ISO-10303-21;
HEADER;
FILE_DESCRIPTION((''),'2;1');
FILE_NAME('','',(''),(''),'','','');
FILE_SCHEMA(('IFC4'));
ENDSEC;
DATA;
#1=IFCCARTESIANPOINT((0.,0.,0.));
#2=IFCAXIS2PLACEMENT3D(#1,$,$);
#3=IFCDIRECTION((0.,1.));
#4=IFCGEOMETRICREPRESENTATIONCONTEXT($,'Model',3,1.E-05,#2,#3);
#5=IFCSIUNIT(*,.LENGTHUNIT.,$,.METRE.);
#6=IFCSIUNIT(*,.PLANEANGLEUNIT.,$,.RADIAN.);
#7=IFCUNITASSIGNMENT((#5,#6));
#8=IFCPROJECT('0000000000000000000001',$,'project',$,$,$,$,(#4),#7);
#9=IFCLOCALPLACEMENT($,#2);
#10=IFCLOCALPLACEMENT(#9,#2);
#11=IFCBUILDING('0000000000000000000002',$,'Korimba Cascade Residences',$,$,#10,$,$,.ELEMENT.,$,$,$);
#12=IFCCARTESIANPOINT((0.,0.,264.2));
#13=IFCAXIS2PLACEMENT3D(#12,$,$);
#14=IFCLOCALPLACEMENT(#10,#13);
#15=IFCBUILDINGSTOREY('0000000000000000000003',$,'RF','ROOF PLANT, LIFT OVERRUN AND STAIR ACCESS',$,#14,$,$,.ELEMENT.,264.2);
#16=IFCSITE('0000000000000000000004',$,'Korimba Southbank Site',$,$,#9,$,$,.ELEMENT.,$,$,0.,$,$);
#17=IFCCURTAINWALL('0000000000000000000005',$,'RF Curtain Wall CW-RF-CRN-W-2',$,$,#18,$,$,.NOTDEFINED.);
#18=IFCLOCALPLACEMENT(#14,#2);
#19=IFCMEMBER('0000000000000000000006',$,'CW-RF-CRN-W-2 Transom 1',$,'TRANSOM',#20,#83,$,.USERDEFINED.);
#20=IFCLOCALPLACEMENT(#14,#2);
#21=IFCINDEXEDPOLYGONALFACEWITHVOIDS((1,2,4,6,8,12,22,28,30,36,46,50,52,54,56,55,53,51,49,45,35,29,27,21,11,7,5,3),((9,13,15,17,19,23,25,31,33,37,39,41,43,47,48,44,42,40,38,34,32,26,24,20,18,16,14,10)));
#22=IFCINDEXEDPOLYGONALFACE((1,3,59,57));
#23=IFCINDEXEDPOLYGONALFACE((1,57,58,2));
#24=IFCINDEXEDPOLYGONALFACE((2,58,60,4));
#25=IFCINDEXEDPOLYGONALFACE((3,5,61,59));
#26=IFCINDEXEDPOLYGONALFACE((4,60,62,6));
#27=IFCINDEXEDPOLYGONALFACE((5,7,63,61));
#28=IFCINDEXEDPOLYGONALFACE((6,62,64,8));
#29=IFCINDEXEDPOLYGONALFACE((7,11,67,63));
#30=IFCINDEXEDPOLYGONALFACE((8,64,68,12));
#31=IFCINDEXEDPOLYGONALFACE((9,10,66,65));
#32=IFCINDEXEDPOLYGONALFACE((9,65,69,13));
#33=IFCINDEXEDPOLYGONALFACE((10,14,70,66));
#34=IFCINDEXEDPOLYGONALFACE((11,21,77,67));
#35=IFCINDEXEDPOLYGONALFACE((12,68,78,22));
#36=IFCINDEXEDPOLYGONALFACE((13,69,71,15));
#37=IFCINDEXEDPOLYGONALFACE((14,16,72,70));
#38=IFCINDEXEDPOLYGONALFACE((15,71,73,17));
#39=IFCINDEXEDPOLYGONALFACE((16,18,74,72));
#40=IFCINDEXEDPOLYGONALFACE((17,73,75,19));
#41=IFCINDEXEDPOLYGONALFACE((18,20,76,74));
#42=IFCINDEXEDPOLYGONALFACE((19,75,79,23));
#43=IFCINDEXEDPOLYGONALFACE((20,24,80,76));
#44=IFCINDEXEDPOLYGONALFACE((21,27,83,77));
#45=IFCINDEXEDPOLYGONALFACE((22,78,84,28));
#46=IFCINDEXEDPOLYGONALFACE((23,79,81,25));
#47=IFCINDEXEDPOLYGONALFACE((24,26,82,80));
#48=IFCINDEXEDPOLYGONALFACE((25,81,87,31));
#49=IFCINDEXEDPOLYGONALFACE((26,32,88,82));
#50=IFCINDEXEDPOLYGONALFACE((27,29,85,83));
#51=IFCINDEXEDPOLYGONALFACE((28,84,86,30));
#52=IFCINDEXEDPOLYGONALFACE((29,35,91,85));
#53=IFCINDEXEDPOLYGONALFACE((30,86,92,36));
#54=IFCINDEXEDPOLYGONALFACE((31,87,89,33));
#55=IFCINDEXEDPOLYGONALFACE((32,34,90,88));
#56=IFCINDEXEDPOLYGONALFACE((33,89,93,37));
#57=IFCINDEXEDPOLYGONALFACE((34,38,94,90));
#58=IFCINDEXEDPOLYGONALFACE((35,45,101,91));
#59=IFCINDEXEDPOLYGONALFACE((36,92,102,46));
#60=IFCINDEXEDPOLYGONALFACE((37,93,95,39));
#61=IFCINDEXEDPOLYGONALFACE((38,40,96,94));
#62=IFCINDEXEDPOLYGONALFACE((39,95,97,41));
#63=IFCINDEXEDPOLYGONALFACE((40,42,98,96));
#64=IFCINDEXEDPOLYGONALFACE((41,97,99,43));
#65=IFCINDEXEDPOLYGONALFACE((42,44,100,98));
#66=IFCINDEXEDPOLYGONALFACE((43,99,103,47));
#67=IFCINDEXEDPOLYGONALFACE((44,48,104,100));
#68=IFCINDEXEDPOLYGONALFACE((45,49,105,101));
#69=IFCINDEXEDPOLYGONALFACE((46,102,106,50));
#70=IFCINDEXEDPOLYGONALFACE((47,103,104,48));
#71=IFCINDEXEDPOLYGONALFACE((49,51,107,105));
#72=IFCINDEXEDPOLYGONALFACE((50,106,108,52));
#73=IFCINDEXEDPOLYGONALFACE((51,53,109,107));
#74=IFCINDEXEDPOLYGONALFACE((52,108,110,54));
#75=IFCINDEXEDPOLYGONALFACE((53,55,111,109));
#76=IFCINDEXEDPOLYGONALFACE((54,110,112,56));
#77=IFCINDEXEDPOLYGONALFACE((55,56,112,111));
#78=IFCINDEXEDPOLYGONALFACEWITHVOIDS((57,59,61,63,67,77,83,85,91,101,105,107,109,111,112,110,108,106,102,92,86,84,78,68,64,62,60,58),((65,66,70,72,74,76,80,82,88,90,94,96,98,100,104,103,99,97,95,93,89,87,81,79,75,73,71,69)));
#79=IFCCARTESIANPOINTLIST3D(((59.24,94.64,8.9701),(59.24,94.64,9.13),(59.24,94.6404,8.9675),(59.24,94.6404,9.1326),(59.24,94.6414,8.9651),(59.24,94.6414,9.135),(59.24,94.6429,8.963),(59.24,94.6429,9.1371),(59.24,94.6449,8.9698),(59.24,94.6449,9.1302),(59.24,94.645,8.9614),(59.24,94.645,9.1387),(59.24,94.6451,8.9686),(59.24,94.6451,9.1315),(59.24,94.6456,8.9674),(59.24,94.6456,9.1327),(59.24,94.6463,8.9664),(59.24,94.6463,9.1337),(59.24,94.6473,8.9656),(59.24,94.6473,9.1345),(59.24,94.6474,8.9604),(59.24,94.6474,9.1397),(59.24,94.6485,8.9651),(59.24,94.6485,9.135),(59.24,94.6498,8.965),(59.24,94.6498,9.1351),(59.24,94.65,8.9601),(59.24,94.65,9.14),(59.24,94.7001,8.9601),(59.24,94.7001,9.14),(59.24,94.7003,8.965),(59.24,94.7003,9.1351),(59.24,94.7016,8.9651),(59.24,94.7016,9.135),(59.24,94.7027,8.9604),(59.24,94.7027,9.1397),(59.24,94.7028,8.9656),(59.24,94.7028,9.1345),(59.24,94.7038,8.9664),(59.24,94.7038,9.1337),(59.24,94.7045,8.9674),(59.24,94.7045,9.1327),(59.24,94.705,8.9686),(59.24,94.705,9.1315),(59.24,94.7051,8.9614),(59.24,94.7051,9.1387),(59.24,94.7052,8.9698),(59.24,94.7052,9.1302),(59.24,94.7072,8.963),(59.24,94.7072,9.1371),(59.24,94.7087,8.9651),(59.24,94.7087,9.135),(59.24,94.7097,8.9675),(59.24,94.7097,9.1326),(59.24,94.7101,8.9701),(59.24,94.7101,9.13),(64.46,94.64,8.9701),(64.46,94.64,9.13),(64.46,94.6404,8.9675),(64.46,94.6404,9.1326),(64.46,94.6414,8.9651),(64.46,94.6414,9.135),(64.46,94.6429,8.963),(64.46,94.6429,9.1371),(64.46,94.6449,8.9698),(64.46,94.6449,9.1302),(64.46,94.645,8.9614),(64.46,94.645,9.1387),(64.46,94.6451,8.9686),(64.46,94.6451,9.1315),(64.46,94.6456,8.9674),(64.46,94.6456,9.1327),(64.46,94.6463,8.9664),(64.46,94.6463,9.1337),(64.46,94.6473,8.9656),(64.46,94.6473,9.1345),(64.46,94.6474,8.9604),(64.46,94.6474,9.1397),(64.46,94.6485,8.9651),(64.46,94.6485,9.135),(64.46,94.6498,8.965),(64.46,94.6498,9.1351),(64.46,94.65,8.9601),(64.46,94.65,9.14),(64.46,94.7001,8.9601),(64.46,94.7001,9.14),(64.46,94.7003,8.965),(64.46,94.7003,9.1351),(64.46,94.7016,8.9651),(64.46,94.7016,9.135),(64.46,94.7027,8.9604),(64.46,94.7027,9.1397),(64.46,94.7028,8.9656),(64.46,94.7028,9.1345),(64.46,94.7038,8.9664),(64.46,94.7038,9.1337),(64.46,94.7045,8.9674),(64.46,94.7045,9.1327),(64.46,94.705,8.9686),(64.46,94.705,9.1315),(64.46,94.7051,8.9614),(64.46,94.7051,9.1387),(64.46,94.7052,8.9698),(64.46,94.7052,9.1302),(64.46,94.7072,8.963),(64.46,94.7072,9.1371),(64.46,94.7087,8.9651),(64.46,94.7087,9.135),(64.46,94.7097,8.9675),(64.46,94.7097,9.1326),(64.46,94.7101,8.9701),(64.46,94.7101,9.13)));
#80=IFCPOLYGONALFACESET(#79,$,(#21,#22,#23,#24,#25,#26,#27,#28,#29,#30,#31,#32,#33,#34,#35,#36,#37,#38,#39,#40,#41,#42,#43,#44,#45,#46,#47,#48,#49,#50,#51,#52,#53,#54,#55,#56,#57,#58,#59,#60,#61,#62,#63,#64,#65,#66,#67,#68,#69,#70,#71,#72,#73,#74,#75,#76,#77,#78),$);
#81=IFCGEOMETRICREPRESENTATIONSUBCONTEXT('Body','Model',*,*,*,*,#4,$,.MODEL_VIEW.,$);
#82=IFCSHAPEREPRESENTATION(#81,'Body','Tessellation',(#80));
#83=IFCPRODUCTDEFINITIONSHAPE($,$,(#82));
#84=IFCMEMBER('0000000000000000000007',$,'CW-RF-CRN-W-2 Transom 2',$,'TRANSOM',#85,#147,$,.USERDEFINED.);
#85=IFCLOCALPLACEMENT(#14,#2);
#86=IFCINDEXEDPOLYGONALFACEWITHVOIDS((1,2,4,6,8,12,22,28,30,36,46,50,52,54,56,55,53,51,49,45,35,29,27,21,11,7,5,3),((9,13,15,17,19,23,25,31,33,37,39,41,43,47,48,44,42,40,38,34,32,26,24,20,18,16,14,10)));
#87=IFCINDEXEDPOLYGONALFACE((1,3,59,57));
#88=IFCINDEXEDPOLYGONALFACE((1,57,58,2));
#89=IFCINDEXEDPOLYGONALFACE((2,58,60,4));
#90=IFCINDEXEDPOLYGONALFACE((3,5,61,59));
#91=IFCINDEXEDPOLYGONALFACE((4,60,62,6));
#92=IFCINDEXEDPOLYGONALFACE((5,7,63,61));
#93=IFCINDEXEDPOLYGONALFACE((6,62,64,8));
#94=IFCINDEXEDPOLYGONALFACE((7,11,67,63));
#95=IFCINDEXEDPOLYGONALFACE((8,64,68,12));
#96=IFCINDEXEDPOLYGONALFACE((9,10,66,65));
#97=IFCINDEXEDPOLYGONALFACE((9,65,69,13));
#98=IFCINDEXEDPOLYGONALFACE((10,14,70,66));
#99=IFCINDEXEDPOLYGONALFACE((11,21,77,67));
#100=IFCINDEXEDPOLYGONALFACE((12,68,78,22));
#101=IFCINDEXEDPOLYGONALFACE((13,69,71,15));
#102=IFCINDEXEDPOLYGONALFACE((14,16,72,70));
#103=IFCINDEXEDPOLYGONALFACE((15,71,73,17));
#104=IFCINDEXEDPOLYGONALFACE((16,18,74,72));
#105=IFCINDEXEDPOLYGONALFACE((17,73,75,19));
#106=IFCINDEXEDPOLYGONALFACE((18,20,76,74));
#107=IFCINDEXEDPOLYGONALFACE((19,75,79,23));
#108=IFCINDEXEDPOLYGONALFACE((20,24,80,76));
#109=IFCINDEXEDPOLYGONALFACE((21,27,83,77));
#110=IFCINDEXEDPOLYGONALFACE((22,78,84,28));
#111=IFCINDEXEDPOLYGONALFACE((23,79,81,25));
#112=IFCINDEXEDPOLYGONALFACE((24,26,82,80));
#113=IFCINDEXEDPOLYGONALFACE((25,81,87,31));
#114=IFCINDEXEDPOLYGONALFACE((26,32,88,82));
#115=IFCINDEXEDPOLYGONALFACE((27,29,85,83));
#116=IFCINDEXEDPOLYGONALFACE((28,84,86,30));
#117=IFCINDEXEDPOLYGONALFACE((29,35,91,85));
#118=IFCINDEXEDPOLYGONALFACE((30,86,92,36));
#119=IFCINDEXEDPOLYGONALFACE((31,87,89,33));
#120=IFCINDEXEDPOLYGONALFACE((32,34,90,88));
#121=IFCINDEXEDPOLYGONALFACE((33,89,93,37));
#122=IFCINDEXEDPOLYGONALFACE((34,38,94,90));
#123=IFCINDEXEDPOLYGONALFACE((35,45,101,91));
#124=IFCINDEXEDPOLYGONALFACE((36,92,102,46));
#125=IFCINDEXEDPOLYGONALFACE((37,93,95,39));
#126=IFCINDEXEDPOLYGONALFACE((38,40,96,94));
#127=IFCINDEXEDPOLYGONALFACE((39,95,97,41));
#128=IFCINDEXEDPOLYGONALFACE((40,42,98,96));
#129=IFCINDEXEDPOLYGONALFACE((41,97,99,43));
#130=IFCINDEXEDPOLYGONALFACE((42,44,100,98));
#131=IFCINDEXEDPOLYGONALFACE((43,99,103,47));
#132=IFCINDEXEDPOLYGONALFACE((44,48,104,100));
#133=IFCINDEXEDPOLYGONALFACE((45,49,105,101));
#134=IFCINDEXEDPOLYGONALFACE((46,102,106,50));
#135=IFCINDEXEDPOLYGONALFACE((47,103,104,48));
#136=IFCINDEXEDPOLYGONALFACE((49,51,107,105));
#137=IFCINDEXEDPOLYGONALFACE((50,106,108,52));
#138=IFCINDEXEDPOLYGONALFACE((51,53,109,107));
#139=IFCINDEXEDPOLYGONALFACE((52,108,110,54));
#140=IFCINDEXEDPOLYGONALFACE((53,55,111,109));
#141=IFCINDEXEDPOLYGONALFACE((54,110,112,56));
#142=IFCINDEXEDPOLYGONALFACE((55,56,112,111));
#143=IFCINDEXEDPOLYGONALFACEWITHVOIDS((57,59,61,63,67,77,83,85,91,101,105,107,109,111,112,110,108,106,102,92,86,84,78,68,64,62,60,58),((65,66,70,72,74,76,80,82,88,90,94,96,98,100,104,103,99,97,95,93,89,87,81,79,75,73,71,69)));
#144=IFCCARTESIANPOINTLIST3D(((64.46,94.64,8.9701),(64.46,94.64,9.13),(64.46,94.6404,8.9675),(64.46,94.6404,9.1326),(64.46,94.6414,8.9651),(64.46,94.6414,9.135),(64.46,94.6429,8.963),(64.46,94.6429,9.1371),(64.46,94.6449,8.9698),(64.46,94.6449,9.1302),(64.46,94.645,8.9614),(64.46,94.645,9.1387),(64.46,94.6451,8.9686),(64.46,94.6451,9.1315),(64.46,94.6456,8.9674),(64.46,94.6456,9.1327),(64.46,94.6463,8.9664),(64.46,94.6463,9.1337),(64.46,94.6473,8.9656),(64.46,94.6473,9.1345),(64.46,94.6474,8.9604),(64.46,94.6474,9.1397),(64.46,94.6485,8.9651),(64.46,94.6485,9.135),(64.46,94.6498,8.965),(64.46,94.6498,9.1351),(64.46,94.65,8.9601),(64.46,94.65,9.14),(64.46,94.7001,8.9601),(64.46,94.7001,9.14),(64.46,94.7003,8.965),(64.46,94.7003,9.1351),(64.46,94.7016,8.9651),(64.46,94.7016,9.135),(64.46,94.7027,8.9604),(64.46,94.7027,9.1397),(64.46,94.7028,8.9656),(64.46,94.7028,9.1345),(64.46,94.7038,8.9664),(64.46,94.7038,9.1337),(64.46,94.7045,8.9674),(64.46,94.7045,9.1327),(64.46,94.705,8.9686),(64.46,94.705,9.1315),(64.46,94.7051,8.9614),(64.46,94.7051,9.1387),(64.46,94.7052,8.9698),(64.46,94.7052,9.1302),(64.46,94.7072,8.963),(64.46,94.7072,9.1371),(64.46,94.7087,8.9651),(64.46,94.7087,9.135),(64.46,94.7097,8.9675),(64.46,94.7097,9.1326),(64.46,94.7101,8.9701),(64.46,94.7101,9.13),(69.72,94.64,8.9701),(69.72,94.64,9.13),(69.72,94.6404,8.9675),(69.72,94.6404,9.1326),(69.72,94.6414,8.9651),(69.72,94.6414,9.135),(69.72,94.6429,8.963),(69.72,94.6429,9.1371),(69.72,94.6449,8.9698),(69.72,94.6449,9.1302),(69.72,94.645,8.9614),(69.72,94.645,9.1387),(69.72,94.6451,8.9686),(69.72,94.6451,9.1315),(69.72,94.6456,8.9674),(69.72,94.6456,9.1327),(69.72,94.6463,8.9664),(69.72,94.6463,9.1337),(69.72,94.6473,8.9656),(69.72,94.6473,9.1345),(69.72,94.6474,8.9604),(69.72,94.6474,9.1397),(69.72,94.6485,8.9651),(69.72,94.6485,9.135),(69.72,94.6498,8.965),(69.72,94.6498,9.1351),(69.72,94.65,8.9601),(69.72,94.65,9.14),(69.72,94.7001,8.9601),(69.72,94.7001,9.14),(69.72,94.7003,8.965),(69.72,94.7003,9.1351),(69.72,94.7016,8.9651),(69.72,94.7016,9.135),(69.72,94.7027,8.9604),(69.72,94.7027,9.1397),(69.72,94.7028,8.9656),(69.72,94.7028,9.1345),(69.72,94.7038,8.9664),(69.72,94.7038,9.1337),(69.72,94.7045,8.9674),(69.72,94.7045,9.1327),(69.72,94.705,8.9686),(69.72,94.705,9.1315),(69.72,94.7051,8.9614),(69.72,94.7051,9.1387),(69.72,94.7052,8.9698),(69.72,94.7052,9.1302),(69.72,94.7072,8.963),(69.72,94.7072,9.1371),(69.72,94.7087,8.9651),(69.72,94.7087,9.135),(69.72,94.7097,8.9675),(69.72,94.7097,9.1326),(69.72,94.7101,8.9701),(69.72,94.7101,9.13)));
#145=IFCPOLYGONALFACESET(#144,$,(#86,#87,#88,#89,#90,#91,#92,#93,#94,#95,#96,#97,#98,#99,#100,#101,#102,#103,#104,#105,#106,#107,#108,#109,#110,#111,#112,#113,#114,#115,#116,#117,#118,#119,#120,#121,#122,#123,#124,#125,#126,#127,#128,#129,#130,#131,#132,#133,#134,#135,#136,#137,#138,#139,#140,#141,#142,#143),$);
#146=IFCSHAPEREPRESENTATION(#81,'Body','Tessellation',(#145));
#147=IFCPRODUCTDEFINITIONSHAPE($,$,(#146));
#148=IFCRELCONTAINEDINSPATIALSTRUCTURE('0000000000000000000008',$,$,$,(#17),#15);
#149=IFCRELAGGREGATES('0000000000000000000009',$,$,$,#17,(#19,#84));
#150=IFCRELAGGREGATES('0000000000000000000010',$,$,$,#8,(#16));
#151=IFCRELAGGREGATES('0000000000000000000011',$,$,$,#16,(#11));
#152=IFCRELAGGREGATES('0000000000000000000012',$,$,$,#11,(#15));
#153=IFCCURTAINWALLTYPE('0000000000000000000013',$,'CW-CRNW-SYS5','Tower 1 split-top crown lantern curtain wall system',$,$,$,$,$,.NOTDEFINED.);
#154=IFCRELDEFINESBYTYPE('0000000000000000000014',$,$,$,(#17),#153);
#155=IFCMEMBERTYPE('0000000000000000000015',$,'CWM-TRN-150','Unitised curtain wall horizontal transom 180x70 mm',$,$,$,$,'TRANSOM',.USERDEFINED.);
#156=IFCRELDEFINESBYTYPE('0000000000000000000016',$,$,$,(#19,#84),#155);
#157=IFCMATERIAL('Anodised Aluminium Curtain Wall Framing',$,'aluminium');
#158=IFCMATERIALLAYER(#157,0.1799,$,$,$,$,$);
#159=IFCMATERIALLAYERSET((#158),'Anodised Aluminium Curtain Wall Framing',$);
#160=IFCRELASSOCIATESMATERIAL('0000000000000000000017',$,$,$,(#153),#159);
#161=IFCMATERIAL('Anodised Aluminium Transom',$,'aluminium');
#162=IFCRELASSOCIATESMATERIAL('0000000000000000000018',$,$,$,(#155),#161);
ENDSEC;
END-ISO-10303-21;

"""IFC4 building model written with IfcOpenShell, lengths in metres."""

from ifc_helpers import new_model, si_unit, direction, frame, origin, origin_2d, place, context, subcontext, project, spatial, hollow_rectangle, extrude, material, layer, layer_set, material_profile, profile_set, type_object, element, aggregate, save


model = new_model("IFC4")

# Units and contexts
model_context = context("Model", 3, precision=1e-05, world=origin(), true_north=direction((0.0, 1.0)))
body_context = subcontext(model_context, "Body", "Model", "MODEL_VIEW")
ifc_project = project(units=[si_unit("LENGTHUNIT", "METRE"), si_unit("PLANEANGLEUNIT", "RADIAN")], contexts=[model_context])

# Site, building, storey
site_placement = place(None, origin())
site = spatial("IfcSite", under=ifc_project, at=site_placement, Name="Korimba Southbank Site", CompositionType="ELEMENT", RefElevation=0.0)
building_placement = place(site_placement, origin())
building = spatial("IfcBuilding", under=site, at=building_placement, Name="Korimba Cascade Residences", CompositionType="ELEMENT")
storey_placement = place(building_placement, frame((0.0, 0.0, 264.2)))
storey = spatial("IfcBuildingStorey", under=building, at=storey_placement, Name="RF", Description="ROOF PLANT, LIFT OVERRUN AND STAIR ACCESS", CompositionType="ELEMENT", Elevation=264.2)

# Shared definitions
ifc_material_1 = material(Name="Anodised Aluminium Curtain Wall Framing", Category="aluminium")
ifc_layer_1 = layer(ifc_material_1, 0.1799)
ifc_layer_set_1 = layer_set([ifc_layer_1], Name="Anodised Aluminium Curtain Wall Framing")
curtain_wall_type = type_object("IfcCurtainWallType", Name="CW-CRNW-SYS5", Description="Tower 1 split-top crown lantern curtain wall system", PredefinedType="NOTDEFINED", material=ifc_layer_set_1)

# Curtain wall, members
curtain_wall_1_placement = place(storey_placement, origin())
curtain_wall_1 = element("IfcCurtainWall", 1, at=curtain_wall_1_placement, inside=storey, type_object=curtain_wall_type, Name="RF Curtain Wall CW-RF-CRN-W-2", PredefinedType="NOTDEFINED")
ifc_material_2 = material(Name="Anodised Aluminium Transom", Category="aluminium")
ifc_material_profile_1 = material_profile(ifc_material_2, hollow_rectangle(XDim=0.0701, YDim=0.1799, WallThickness=0.0049, InnerFilletRadius=0.0049, OuterFilletRadius=0.01, at=origin_2d()), Name="Anodised Aluminium Transom")
ifc_profile_set_1 = profile_set([ifc_material_profile_1], Name="Anodised Aluminium Transom")
member_type_1 = type_object("IfcMemberType", Name="CWM-TRN-150", Description="Unitised curtain wall horizontal transom 180x70 mm", ElementType="TRANSOM", PredefinedType="USERDEFINED", material=ifc_profile_set_1)
member_1_placement = place(storey_placement, frame((59.24, 94.675, 9.05), z_axis=(1.0, 0.0, 0.0), x_axis=(0.0, 1.0, 0.0)))
member_1 = element("IfcMember", 2, at=member_1_placement, type_object=member_type_1, Name="CW-RF-CRN-W-2 Transom 1", ObjectType="TRANSOM", PredefinedType="USERDEFINED", context=body_context, shape_type="SweptSolid", body=[
    extrude(hollow_rectangle(XDim=0.0701, YDim=0.1799, WallThickness=0.0049, InnerFilletRadius=0.0049, OuterFilletRadius=0.01, at=origin_2d()), origin(), (0.0, 0.0, 1.0), 5.22),
])
member_2_placement = place(storey_placement, frame((64.46, 94.675, 9.05), z_axis=(1.0, 0.0, 0.0), x_axis=(0.0, 1.0, 0.0)))
member_2 = element("IfcMember", 3, at=member_2_placement, type_object=member_type_1, Name="CW-RF-CRN-W-2 Transom 2", ObjectType="TRANSOM", PredefinedType="USERDEFINED", context=body_context, shape_type="SweptSolid", body=[
    extrude(hollow_rectangle(XDim=0.0701, YDim=0.1799, WallThickness=0.0049, InnerFilletRadius=0.0049, OuterFilletRadius=0.01, at=origin_2d()), origin(), (0.0, 0.0, 1.0), 5.26),
])

aggregate(curtain_wall_1, [member_1, member_2])

save(model, "model.ifc")
